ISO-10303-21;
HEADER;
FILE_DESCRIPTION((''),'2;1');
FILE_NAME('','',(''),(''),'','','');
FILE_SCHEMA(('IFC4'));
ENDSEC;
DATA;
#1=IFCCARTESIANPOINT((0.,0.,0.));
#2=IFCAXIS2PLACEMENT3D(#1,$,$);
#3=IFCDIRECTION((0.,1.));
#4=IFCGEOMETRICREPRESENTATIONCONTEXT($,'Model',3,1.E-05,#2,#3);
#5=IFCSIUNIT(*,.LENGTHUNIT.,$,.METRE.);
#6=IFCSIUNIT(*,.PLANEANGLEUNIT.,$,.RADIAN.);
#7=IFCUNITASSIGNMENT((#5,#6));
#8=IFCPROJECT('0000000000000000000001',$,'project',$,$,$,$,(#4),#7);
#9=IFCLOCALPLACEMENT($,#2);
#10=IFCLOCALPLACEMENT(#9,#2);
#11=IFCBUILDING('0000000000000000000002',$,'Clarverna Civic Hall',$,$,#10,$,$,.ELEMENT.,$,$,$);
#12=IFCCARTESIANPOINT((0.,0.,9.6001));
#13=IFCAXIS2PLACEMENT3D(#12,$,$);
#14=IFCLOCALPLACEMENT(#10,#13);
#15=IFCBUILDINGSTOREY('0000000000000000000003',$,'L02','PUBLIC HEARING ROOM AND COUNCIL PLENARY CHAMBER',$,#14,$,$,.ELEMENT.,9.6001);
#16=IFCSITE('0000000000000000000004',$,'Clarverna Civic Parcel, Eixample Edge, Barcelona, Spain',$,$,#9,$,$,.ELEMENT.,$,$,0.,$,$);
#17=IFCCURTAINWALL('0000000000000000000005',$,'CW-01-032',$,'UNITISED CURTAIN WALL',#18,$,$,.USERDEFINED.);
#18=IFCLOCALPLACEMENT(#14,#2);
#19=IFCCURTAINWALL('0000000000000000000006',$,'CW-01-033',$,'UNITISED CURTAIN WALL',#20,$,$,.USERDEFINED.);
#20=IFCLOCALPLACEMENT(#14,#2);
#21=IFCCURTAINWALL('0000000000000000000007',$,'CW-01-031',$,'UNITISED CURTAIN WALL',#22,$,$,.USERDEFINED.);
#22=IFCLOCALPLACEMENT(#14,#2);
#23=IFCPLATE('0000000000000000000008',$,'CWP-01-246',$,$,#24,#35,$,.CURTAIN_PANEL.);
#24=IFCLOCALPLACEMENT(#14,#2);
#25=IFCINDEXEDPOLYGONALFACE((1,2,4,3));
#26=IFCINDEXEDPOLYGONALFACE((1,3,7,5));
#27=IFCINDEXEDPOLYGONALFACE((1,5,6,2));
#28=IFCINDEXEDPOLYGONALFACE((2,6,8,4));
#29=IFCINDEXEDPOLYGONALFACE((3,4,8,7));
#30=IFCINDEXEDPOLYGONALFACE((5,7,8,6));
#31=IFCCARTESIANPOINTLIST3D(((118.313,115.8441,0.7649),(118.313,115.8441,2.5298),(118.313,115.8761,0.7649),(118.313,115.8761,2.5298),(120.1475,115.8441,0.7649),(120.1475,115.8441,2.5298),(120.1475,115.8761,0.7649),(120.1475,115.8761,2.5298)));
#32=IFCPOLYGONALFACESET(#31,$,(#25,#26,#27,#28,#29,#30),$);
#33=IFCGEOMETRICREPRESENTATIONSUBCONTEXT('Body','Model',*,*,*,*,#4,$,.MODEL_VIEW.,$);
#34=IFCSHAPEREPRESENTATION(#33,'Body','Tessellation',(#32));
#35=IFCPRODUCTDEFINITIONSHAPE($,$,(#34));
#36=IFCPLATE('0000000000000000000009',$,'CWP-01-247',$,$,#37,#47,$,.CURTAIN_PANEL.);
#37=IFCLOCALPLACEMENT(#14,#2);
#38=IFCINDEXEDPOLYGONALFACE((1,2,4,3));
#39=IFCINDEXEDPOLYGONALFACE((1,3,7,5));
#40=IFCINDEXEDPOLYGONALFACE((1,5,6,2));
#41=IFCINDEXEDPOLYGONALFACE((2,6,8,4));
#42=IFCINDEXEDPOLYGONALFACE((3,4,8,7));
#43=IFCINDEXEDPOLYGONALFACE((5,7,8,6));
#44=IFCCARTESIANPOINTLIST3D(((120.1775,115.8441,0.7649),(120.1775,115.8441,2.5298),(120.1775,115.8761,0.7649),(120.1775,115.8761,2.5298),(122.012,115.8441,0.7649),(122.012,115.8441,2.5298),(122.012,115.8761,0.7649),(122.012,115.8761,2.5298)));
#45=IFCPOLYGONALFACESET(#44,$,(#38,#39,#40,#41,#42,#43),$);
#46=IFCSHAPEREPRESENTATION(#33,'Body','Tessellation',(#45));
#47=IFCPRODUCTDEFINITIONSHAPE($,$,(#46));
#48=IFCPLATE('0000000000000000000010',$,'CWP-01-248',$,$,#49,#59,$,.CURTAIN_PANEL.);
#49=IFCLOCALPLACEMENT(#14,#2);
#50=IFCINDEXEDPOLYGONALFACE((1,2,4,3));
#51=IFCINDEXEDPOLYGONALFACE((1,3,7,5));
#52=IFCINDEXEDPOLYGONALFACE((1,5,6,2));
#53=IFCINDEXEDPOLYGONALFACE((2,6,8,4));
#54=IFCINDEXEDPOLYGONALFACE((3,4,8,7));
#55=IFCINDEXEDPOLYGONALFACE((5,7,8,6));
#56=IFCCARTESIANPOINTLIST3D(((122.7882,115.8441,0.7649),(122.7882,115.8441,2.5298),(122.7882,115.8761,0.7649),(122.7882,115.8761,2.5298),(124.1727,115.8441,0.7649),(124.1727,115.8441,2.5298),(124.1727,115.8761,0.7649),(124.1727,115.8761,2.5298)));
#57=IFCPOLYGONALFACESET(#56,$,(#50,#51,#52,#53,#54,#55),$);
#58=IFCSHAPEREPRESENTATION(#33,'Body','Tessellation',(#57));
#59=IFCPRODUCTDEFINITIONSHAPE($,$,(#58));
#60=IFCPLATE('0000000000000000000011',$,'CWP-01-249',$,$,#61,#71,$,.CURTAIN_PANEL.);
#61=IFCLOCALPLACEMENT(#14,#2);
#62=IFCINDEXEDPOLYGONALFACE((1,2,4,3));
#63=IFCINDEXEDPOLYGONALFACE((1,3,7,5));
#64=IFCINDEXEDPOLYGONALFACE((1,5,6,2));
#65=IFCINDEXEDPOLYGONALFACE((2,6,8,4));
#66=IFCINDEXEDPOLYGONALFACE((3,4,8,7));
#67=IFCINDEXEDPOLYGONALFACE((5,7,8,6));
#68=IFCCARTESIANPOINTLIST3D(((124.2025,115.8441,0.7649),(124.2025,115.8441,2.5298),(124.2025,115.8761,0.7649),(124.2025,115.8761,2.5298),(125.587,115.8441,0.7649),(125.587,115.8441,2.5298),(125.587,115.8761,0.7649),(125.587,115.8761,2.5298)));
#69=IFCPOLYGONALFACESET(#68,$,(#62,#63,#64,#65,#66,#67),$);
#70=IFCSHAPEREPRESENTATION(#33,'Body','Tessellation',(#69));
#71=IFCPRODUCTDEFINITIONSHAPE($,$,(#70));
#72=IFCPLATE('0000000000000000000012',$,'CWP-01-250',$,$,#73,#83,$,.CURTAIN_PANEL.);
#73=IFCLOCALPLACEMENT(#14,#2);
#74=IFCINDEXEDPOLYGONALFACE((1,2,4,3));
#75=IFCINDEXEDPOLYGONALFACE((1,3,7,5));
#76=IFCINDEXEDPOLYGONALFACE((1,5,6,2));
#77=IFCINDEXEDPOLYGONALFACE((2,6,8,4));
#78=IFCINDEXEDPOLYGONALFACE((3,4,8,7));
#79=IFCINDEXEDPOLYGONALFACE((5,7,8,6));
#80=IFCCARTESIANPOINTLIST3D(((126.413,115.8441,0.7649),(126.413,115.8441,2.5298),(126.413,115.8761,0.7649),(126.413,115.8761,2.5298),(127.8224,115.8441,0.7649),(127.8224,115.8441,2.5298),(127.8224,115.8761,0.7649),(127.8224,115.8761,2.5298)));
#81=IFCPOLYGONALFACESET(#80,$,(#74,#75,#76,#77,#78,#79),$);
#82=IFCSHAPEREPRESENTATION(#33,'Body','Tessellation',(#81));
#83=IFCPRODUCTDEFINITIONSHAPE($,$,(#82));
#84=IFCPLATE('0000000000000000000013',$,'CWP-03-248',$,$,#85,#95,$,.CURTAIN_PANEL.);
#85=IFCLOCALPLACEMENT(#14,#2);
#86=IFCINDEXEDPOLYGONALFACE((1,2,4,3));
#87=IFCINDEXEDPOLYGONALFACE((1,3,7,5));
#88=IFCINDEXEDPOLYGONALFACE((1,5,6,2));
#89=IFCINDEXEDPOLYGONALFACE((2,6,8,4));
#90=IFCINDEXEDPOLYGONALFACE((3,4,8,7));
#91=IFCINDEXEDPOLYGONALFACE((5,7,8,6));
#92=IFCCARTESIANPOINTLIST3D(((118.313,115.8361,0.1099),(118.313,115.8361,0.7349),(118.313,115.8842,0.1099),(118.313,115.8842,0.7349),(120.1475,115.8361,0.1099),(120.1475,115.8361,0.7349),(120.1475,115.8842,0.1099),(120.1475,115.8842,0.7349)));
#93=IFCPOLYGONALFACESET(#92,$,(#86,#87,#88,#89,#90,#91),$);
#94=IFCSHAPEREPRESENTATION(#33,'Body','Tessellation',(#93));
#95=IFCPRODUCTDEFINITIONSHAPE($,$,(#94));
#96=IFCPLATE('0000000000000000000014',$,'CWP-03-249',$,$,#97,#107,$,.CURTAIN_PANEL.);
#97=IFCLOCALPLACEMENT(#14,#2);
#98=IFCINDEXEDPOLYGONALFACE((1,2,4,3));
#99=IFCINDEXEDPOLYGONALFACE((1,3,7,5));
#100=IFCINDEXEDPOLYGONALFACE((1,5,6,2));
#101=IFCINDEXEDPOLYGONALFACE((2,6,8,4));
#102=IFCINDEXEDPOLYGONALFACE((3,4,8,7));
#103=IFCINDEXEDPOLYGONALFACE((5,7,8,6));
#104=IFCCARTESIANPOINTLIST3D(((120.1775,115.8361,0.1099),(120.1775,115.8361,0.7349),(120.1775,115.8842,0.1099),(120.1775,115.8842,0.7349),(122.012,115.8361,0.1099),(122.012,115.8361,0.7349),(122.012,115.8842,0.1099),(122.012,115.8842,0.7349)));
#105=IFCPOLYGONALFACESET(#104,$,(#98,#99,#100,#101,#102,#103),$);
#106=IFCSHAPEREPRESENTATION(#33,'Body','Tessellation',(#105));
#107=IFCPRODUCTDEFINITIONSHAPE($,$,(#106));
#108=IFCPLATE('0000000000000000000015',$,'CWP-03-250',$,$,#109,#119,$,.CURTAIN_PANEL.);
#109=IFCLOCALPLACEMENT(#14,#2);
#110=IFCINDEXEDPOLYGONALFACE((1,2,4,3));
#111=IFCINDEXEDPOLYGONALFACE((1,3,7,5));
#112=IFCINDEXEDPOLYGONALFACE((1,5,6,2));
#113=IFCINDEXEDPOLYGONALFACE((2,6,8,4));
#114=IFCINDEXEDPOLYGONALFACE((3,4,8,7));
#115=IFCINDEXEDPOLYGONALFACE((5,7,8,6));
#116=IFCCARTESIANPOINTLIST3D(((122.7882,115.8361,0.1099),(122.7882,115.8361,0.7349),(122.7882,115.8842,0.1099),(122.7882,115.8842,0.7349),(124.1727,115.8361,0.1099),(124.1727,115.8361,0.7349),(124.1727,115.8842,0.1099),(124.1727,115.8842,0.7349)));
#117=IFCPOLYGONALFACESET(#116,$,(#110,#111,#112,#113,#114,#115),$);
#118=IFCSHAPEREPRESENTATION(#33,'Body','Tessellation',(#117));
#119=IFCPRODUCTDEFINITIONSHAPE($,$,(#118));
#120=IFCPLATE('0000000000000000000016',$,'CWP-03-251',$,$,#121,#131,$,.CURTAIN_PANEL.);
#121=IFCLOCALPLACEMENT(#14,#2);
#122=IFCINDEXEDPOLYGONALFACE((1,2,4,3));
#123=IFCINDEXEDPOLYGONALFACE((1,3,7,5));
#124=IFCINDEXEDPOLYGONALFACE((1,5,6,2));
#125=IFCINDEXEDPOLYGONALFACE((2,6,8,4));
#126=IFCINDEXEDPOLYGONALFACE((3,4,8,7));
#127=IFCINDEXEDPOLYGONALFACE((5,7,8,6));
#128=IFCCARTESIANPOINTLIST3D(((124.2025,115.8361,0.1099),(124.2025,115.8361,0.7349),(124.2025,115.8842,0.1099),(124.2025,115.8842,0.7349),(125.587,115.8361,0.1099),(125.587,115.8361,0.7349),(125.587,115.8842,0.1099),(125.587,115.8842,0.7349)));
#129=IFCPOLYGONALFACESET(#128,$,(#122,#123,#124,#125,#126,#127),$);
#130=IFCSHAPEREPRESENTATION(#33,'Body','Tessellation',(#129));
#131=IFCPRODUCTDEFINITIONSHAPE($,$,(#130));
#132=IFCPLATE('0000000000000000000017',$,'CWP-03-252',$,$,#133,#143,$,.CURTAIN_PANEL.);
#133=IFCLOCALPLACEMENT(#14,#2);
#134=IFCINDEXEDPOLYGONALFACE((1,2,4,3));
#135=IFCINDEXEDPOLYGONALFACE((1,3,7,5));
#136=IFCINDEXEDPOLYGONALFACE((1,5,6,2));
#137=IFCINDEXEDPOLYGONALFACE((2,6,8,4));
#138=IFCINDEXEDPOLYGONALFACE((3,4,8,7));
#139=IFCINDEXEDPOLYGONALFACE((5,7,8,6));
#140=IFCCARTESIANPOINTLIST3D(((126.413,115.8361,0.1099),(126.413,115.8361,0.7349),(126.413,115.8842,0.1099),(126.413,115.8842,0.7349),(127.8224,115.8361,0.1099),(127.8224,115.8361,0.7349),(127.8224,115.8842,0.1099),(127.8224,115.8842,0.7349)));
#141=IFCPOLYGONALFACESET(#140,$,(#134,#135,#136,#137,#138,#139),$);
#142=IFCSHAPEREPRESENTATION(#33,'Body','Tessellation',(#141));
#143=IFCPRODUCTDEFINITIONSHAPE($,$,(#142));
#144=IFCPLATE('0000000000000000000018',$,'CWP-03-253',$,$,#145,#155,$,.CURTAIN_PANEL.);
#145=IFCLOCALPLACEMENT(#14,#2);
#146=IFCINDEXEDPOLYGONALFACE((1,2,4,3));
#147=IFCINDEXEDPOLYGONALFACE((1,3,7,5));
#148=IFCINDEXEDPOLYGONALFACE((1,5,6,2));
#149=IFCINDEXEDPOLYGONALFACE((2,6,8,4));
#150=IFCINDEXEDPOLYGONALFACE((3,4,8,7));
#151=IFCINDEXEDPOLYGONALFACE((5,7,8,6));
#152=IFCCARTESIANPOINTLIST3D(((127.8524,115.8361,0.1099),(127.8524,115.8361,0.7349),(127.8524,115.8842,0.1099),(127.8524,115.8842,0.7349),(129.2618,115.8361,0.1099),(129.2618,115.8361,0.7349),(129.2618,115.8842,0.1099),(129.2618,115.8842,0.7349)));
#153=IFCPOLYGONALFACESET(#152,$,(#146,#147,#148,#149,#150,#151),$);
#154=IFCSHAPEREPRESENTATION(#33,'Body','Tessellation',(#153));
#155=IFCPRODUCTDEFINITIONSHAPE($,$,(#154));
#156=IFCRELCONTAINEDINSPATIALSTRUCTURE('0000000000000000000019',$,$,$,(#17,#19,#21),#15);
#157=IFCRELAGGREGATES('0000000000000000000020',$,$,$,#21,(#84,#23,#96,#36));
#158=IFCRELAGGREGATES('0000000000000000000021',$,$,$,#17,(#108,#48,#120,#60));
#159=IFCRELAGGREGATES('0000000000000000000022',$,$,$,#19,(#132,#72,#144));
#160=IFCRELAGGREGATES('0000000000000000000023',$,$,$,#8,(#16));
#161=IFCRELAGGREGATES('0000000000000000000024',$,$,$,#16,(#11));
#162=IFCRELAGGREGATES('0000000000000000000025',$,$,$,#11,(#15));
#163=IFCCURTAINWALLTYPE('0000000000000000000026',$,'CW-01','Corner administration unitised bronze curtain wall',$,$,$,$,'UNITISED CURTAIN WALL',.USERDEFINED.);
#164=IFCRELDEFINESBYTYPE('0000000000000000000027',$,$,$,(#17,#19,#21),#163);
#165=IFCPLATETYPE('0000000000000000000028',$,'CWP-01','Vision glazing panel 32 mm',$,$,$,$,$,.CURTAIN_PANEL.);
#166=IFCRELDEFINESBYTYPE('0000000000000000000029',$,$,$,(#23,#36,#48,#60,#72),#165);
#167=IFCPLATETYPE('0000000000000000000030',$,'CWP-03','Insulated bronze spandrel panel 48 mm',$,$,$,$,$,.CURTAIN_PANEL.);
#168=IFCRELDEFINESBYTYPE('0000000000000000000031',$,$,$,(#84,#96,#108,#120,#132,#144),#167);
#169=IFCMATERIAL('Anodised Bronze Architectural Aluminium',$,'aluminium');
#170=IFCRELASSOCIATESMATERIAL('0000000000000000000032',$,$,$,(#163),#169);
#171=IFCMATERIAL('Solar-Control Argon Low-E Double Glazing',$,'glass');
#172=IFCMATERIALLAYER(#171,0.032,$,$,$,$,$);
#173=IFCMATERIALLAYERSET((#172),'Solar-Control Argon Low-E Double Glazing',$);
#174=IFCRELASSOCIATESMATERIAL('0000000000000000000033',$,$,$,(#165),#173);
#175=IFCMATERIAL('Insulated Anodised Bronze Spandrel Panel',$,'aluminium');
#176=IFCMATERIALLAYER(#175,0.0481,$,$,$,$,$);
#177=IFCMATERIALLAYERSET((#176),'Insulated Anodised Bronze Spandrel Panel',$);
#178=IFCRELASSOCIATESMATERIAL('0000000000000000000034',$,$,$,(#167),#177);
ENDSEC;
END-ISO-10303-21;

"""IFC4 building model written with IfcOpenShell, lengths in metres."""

from ifc_helpers import new_model, si_unit, direction, frame, frame_2d, origin, place, context, subcontext, project, spatial, rectangle, extrude, material, layer, layer_set, type_object, element, aggregate, save


model = new_model("IFC4")

# Units and contexts
model_context = context("Model", 3, precision=1e-05, world=origin(), true_north=direction((0.0, 1.0)))
body_context = subcontext(model_context, "Body", "Model", "MODEL_VIEW")
ifc_project = project(units=[si_unit("LENGTHUNIT", "METRE"), si_unit("PLANEANGLEUNIT", "RADIAN")], contexts=[model_context])

# Site, building, storey
site_placement = place(None, origin())
site = spatial("IfcSite", under=ifc_project, at=site_placement, Name="Clarverna Civic Parcel, Eixample Edge, Barcelona, Spain", CompositionType="ELEMENT", RefElevation=0.0)
building_placement = place(site_placement, origin())
building = spatial("IfcBuilding", under=site, at=building_placement, Name="Clarverna Civic Hall", CompositionType="ELEMENT")
storey_placement = place(building_placement, frame((0.0, 0.0, 9.6001)))
storey = spatial("IfcBuildingStorey", under=building, at=storey_placement, Name="L02", Description="PUBLIC HEARING ROOM AND COUNCIL PLENARY CHAMBER", CompositionType="ELEMENT", Elevation=9.6001)

# Curtain walls
ifc_material_1 = material(Name="Anodised Bronze Architectural Aluminium", Category="aluminium")
curtain_wall_type = type_object("IfcCurtainWallType", Name="CW-01", Description="Corner administration unitised bronze curtain wall", ElementType="UNITISED CURTAIN WALL", PredefinedType="USERDEFINED", material=ifc_material_1)
curtain_wall_1_placement = place(storey_placement, origin())
curtain_wall_1 = element("IfcCurtainWall", 1, at=curtain_wall_1_placement, inside=storey, type_object=curtain_wall_type, Name="CW-01-032", ObjectType="UNITISED CURTAIN WALL", PredefinedType="USERDEFINED")
curtain_wall_2_placement = place(storey_placement, origin())
curtain_wall_2 = element("IfcCurtainWall", 2, at=curtain_wall_2_placement, inside=storey, type_object=curtain_wall_type, Name="CW-01-033", ObjectType="UNITISED CURTAIN WALL", PredefinedType="USERDEFINED")
curtain_wall_3_placement = place(storey_placement, origin())
curtain_wall_3 = element("IfcCurtainWall", 3, at=curtain_wall_3_placement, inside=storey, type_object=curtain_wall_type, Name="CW-01-031", ObjectType="UNITISED CURTAIN WALL", PredefinedType="USERDEFINED")

# Plates
ifc_material_2 = material(Name="Solar-Control Argon Low-E Double Glazing", Category="glass")
ifc_layer_1 = layer(ifc_material_2, 0.032)
ifc_layer_set_1 = layer_set([ifc_layer_1], Name="Solar-Control Argon Low-E Double Glazing")
plate_type_1 = type_object("IfcPlateType", Name="CWP-01", Description="Vision glazing panel 32 mm", PredefinedType="CURTAIN_PANEL", material=ifc_layer_set_1)
plate_1_placement = place(storey_placement, frame((118.313, 115.8601, 0.7649), z_axis=(0.0, 0.0, 1.0), x_axis=(1.0, 0.0, 0.0)))
plate_1 = element("IfcPlate", 4, at=plate_1_placement, type_object=plate_type_1, Name="CWP-01-246", PredefinedType="CURTAIN_PANEL", context=body_context, shape_type="SweptSolid", body=[
    extrude(rectangle(XDim=1.8345, YDim=0.032, at=frame_2d((0.9172, 0.0))), origin(), (0.0, 0.0, 1.0), 1.7649),
])
plate_2_placement = place(storey_placement, frame((120.1775, 115.8601, 0.7649), z_axis=(0.0, 0.0, 1.0), x_axis=(1.0, 0.0, 0.0)))
plate_2 = element("IfcPlate", 5, at=plate_2_placement, type_object=plate_type_1, Name="CWP-01-247", PredefinedType="CURTAIN_PANEL", context=body_context, shape_type="SweptSolid", body=[
    extrude(rectangle(XDim=1.8345, YDim=0.032, at=frame_2d((0.9172, 0.0))), origin(), (0.0, 0.0, 1.0), 1.7649),
])
plate_3_placement = place(storey_placement, frame((122.7881, 115.8601, 0.7649), z_axis=(0.0, 0.0, 1.0), x_axis=(1.0, 0.0, 0.0)))
plate_3 = element("IfcPlate", 6, at=plate_3_placement, type_object=plate_type_1, Name="CWP-01-248", PredefinedType="CURTAIN_PANEL", context=body_context, shape_type="SweptSolid", body=[
    extrude(rectangle(XDim=1.3845, YDim=0.032, at=frame_2d((0.6924, 0.0))), origin(), (0.0, 0.0, 1.0), 1.7649),
])
plate_4_placement = place(storey_placement, frame((124.2024, 115.8601, 0.7649), z_axis=(0.0, 0.0, 1.0), x_axis=(1.0, 0.0, 0.0)))
plate_4 = element("IfcPlate", 7, at=plate_4_placement, type_object=plate_type_1, Name="CWP-01-249", PredefinedType="CURTAIN_PANEL", context=body_context, shape_type="SweptSolid", body=[
    extrude(rectangle(XDim=1.3845, YDim=0.032, at=frame_2d((0.6924, 0.0))), origin(), (0.0, 0.0, 1.0), 1.7649),
])
plate_5_placement = place(storey_placement, frame((126.4131, 115.8601, 0.7649), z_axis=(0.0, 0.0, 1.0), x_axis=(1.0, 0.0, 0.0)))
plate_5 = element("IfcPlate", 8, at=plate_5_placement, type_object=plate_type_1, Name="CWP-01-250", PredefinedType="CURTAIN_PANEL", context=body_context, shape_type="SweptSolid", body=[
    extrude(rectangle(XDim=1.4094, YDim=0.032, at=frame_2d((0.7046, 0.0))), origin(), (0.0, 0.0, 1.0), 1.7649),
])
ifc_material_3 = material(Name="Insulated Anodised Bronze Spandrel Panel", Category="aluminium")
ifc_layer_2 = layer(ifc_material_3, 0.0481)
ifc_layer_set_2 = layer_set([ifc_layer_2], Name="Insulated Anodised Bronze Spandrel Panel")
plate_type_2 = type_object("IfcPlateType", Name="CWP-03", Description="Insulated bronze spandrel panel 48 mm", PredefinedType="CURTAIN_PANEL", material=ifc_layer_set_2)
plate_6_placement = place(storey_placement, frame((118.313, 115.8601, 0.1099), z_axis=(0.0, 0.0, 1.0), x_axis=(1.0, 0.0, 0.0)))
plate_6 = element("IfcPlate", 9, at=plate_6_placement, type_object=plate_type_2, Name="CWP-03-248", PredefinedType="CURTAIN_PANEL", context=body_context, shape_type="SweptSolid", body=[
    extrude(rectangle(XDim=1.8345, YDim=0.0481, at=frame_2d((0.9172, 0.0))), origin(), (0.0, 0.0, 1.0), 0.625),
])
plate_7_placement = place(storey_placement, frame((120.1775, 115.8601, 0.1099), z_axis=(0.0, 0.0, 1.0), x_axis=(1.0, 0.0, 0.0)))
plate_7 = element("IfcPlate", 10, at=plate_7_placement, type_object=plate_type_2, Name="CWP-03-249", PredefinedType="CURTAIN_PANEL", context=body_context, shape_type="SweptSolid", body=[
    extrude(rectangle(XDim=1.8345, YDim=0.0481, at=frame_2d((0.9172, 0.0))), origin(), (0.0, 0.0, 1.0), 0.625),
])
aggregate(curtain_wall_3, [plate_6, plate_1, plate_7, plate_2])
plate_8_placement = place(storey_placement, frame((122.7881, 115.8601, 0.1099), z_axis=(0.0, 0.0, 1.0), x_axis=(1.0, 0.0, 0.0)))
plate_8 = element("IfcPlate", 11, at=plate_8_placement, type_object=plate_type_2, Name="CWP-03-250", PredefinedType="CURTAIN_PANEL", context=body_context, shape_type="SweptSolid", body=[
    extrude(rectangle(XDim=1.3845, YDim=0.0481, at=frame_2d((0.6924, 0.0))), origin(), (0.0, 0.0, 1.0), 0.625),
])
plate_9_placement = place(storey_placement, frame((124.2024, 115.8601, 0.1099), z_axis=(0.0, 0.0, 1.0), x_axis=(1.0, 0.0, 0.0)))
plate_9 = element("IfcPlate", 12, at=plate_9_placement, type_object=plate_type_2, Name="CWP-03-251", PredefinedType="CURTAIN_PANEL", context=body_context, shape_type="SweptSolid", body=[
    extrude(rectangle(XDim=1.3845, YDim=0.0481, at=frame_2d((0.6924, 0.0))), origin(), (0.0, 0.0, 1.0), 0.625),
])
aggregate(curtain_wall_1, [plate_8, plate_3, plate_9, plate_4])
plate_10_placement = place(storey_placement, frame((126.4131, 115.8601, 0.1099), z_axis=(0.0, 0.0, 1.0), x_axis=(1.0, 0.0, 0.0)))
plate_10 = element("IfcPlate", 13, at=plate_10_placement, type_object=plate_type_2, Name="CWP-03-252", PredefinedType="CURTAIN_PANEL", context=body_context, shape_type="SweptSolid", body=[
    extrude(rectangle(XDim=1.4094, YDim=0.0481, at=frame_2d((0.7046, 0.0))), origin(), (0.0, 0.0, 1.0), 0.625),
])
plate_11_placement = place(storey_placement, frame((127.8525, 115.8601, 0.1099), z_axis=(0.0, 0.0, 1.0), x_axis=(1.0, 0.0, 0.0)))
plate_11 = element("IfcPlate", 14, at=plate_11_placement, type_object=plate_type_2, Name="CWP-03-253", PredefinedType="CURTAIN_PANEL", context=body_context, shape_type="SweptSolid", body=[
    extrude(rectangle(XDim=1.4094, YDim=0.0481, at=frame_2d((0.7046, 0.0))), origin(), (0.0, 0.0, 1.0), 0.625),
])
aggregate(curtain_wall_2, [plate_10, plate_5, plate_11])

save(model, "model.ifc")
